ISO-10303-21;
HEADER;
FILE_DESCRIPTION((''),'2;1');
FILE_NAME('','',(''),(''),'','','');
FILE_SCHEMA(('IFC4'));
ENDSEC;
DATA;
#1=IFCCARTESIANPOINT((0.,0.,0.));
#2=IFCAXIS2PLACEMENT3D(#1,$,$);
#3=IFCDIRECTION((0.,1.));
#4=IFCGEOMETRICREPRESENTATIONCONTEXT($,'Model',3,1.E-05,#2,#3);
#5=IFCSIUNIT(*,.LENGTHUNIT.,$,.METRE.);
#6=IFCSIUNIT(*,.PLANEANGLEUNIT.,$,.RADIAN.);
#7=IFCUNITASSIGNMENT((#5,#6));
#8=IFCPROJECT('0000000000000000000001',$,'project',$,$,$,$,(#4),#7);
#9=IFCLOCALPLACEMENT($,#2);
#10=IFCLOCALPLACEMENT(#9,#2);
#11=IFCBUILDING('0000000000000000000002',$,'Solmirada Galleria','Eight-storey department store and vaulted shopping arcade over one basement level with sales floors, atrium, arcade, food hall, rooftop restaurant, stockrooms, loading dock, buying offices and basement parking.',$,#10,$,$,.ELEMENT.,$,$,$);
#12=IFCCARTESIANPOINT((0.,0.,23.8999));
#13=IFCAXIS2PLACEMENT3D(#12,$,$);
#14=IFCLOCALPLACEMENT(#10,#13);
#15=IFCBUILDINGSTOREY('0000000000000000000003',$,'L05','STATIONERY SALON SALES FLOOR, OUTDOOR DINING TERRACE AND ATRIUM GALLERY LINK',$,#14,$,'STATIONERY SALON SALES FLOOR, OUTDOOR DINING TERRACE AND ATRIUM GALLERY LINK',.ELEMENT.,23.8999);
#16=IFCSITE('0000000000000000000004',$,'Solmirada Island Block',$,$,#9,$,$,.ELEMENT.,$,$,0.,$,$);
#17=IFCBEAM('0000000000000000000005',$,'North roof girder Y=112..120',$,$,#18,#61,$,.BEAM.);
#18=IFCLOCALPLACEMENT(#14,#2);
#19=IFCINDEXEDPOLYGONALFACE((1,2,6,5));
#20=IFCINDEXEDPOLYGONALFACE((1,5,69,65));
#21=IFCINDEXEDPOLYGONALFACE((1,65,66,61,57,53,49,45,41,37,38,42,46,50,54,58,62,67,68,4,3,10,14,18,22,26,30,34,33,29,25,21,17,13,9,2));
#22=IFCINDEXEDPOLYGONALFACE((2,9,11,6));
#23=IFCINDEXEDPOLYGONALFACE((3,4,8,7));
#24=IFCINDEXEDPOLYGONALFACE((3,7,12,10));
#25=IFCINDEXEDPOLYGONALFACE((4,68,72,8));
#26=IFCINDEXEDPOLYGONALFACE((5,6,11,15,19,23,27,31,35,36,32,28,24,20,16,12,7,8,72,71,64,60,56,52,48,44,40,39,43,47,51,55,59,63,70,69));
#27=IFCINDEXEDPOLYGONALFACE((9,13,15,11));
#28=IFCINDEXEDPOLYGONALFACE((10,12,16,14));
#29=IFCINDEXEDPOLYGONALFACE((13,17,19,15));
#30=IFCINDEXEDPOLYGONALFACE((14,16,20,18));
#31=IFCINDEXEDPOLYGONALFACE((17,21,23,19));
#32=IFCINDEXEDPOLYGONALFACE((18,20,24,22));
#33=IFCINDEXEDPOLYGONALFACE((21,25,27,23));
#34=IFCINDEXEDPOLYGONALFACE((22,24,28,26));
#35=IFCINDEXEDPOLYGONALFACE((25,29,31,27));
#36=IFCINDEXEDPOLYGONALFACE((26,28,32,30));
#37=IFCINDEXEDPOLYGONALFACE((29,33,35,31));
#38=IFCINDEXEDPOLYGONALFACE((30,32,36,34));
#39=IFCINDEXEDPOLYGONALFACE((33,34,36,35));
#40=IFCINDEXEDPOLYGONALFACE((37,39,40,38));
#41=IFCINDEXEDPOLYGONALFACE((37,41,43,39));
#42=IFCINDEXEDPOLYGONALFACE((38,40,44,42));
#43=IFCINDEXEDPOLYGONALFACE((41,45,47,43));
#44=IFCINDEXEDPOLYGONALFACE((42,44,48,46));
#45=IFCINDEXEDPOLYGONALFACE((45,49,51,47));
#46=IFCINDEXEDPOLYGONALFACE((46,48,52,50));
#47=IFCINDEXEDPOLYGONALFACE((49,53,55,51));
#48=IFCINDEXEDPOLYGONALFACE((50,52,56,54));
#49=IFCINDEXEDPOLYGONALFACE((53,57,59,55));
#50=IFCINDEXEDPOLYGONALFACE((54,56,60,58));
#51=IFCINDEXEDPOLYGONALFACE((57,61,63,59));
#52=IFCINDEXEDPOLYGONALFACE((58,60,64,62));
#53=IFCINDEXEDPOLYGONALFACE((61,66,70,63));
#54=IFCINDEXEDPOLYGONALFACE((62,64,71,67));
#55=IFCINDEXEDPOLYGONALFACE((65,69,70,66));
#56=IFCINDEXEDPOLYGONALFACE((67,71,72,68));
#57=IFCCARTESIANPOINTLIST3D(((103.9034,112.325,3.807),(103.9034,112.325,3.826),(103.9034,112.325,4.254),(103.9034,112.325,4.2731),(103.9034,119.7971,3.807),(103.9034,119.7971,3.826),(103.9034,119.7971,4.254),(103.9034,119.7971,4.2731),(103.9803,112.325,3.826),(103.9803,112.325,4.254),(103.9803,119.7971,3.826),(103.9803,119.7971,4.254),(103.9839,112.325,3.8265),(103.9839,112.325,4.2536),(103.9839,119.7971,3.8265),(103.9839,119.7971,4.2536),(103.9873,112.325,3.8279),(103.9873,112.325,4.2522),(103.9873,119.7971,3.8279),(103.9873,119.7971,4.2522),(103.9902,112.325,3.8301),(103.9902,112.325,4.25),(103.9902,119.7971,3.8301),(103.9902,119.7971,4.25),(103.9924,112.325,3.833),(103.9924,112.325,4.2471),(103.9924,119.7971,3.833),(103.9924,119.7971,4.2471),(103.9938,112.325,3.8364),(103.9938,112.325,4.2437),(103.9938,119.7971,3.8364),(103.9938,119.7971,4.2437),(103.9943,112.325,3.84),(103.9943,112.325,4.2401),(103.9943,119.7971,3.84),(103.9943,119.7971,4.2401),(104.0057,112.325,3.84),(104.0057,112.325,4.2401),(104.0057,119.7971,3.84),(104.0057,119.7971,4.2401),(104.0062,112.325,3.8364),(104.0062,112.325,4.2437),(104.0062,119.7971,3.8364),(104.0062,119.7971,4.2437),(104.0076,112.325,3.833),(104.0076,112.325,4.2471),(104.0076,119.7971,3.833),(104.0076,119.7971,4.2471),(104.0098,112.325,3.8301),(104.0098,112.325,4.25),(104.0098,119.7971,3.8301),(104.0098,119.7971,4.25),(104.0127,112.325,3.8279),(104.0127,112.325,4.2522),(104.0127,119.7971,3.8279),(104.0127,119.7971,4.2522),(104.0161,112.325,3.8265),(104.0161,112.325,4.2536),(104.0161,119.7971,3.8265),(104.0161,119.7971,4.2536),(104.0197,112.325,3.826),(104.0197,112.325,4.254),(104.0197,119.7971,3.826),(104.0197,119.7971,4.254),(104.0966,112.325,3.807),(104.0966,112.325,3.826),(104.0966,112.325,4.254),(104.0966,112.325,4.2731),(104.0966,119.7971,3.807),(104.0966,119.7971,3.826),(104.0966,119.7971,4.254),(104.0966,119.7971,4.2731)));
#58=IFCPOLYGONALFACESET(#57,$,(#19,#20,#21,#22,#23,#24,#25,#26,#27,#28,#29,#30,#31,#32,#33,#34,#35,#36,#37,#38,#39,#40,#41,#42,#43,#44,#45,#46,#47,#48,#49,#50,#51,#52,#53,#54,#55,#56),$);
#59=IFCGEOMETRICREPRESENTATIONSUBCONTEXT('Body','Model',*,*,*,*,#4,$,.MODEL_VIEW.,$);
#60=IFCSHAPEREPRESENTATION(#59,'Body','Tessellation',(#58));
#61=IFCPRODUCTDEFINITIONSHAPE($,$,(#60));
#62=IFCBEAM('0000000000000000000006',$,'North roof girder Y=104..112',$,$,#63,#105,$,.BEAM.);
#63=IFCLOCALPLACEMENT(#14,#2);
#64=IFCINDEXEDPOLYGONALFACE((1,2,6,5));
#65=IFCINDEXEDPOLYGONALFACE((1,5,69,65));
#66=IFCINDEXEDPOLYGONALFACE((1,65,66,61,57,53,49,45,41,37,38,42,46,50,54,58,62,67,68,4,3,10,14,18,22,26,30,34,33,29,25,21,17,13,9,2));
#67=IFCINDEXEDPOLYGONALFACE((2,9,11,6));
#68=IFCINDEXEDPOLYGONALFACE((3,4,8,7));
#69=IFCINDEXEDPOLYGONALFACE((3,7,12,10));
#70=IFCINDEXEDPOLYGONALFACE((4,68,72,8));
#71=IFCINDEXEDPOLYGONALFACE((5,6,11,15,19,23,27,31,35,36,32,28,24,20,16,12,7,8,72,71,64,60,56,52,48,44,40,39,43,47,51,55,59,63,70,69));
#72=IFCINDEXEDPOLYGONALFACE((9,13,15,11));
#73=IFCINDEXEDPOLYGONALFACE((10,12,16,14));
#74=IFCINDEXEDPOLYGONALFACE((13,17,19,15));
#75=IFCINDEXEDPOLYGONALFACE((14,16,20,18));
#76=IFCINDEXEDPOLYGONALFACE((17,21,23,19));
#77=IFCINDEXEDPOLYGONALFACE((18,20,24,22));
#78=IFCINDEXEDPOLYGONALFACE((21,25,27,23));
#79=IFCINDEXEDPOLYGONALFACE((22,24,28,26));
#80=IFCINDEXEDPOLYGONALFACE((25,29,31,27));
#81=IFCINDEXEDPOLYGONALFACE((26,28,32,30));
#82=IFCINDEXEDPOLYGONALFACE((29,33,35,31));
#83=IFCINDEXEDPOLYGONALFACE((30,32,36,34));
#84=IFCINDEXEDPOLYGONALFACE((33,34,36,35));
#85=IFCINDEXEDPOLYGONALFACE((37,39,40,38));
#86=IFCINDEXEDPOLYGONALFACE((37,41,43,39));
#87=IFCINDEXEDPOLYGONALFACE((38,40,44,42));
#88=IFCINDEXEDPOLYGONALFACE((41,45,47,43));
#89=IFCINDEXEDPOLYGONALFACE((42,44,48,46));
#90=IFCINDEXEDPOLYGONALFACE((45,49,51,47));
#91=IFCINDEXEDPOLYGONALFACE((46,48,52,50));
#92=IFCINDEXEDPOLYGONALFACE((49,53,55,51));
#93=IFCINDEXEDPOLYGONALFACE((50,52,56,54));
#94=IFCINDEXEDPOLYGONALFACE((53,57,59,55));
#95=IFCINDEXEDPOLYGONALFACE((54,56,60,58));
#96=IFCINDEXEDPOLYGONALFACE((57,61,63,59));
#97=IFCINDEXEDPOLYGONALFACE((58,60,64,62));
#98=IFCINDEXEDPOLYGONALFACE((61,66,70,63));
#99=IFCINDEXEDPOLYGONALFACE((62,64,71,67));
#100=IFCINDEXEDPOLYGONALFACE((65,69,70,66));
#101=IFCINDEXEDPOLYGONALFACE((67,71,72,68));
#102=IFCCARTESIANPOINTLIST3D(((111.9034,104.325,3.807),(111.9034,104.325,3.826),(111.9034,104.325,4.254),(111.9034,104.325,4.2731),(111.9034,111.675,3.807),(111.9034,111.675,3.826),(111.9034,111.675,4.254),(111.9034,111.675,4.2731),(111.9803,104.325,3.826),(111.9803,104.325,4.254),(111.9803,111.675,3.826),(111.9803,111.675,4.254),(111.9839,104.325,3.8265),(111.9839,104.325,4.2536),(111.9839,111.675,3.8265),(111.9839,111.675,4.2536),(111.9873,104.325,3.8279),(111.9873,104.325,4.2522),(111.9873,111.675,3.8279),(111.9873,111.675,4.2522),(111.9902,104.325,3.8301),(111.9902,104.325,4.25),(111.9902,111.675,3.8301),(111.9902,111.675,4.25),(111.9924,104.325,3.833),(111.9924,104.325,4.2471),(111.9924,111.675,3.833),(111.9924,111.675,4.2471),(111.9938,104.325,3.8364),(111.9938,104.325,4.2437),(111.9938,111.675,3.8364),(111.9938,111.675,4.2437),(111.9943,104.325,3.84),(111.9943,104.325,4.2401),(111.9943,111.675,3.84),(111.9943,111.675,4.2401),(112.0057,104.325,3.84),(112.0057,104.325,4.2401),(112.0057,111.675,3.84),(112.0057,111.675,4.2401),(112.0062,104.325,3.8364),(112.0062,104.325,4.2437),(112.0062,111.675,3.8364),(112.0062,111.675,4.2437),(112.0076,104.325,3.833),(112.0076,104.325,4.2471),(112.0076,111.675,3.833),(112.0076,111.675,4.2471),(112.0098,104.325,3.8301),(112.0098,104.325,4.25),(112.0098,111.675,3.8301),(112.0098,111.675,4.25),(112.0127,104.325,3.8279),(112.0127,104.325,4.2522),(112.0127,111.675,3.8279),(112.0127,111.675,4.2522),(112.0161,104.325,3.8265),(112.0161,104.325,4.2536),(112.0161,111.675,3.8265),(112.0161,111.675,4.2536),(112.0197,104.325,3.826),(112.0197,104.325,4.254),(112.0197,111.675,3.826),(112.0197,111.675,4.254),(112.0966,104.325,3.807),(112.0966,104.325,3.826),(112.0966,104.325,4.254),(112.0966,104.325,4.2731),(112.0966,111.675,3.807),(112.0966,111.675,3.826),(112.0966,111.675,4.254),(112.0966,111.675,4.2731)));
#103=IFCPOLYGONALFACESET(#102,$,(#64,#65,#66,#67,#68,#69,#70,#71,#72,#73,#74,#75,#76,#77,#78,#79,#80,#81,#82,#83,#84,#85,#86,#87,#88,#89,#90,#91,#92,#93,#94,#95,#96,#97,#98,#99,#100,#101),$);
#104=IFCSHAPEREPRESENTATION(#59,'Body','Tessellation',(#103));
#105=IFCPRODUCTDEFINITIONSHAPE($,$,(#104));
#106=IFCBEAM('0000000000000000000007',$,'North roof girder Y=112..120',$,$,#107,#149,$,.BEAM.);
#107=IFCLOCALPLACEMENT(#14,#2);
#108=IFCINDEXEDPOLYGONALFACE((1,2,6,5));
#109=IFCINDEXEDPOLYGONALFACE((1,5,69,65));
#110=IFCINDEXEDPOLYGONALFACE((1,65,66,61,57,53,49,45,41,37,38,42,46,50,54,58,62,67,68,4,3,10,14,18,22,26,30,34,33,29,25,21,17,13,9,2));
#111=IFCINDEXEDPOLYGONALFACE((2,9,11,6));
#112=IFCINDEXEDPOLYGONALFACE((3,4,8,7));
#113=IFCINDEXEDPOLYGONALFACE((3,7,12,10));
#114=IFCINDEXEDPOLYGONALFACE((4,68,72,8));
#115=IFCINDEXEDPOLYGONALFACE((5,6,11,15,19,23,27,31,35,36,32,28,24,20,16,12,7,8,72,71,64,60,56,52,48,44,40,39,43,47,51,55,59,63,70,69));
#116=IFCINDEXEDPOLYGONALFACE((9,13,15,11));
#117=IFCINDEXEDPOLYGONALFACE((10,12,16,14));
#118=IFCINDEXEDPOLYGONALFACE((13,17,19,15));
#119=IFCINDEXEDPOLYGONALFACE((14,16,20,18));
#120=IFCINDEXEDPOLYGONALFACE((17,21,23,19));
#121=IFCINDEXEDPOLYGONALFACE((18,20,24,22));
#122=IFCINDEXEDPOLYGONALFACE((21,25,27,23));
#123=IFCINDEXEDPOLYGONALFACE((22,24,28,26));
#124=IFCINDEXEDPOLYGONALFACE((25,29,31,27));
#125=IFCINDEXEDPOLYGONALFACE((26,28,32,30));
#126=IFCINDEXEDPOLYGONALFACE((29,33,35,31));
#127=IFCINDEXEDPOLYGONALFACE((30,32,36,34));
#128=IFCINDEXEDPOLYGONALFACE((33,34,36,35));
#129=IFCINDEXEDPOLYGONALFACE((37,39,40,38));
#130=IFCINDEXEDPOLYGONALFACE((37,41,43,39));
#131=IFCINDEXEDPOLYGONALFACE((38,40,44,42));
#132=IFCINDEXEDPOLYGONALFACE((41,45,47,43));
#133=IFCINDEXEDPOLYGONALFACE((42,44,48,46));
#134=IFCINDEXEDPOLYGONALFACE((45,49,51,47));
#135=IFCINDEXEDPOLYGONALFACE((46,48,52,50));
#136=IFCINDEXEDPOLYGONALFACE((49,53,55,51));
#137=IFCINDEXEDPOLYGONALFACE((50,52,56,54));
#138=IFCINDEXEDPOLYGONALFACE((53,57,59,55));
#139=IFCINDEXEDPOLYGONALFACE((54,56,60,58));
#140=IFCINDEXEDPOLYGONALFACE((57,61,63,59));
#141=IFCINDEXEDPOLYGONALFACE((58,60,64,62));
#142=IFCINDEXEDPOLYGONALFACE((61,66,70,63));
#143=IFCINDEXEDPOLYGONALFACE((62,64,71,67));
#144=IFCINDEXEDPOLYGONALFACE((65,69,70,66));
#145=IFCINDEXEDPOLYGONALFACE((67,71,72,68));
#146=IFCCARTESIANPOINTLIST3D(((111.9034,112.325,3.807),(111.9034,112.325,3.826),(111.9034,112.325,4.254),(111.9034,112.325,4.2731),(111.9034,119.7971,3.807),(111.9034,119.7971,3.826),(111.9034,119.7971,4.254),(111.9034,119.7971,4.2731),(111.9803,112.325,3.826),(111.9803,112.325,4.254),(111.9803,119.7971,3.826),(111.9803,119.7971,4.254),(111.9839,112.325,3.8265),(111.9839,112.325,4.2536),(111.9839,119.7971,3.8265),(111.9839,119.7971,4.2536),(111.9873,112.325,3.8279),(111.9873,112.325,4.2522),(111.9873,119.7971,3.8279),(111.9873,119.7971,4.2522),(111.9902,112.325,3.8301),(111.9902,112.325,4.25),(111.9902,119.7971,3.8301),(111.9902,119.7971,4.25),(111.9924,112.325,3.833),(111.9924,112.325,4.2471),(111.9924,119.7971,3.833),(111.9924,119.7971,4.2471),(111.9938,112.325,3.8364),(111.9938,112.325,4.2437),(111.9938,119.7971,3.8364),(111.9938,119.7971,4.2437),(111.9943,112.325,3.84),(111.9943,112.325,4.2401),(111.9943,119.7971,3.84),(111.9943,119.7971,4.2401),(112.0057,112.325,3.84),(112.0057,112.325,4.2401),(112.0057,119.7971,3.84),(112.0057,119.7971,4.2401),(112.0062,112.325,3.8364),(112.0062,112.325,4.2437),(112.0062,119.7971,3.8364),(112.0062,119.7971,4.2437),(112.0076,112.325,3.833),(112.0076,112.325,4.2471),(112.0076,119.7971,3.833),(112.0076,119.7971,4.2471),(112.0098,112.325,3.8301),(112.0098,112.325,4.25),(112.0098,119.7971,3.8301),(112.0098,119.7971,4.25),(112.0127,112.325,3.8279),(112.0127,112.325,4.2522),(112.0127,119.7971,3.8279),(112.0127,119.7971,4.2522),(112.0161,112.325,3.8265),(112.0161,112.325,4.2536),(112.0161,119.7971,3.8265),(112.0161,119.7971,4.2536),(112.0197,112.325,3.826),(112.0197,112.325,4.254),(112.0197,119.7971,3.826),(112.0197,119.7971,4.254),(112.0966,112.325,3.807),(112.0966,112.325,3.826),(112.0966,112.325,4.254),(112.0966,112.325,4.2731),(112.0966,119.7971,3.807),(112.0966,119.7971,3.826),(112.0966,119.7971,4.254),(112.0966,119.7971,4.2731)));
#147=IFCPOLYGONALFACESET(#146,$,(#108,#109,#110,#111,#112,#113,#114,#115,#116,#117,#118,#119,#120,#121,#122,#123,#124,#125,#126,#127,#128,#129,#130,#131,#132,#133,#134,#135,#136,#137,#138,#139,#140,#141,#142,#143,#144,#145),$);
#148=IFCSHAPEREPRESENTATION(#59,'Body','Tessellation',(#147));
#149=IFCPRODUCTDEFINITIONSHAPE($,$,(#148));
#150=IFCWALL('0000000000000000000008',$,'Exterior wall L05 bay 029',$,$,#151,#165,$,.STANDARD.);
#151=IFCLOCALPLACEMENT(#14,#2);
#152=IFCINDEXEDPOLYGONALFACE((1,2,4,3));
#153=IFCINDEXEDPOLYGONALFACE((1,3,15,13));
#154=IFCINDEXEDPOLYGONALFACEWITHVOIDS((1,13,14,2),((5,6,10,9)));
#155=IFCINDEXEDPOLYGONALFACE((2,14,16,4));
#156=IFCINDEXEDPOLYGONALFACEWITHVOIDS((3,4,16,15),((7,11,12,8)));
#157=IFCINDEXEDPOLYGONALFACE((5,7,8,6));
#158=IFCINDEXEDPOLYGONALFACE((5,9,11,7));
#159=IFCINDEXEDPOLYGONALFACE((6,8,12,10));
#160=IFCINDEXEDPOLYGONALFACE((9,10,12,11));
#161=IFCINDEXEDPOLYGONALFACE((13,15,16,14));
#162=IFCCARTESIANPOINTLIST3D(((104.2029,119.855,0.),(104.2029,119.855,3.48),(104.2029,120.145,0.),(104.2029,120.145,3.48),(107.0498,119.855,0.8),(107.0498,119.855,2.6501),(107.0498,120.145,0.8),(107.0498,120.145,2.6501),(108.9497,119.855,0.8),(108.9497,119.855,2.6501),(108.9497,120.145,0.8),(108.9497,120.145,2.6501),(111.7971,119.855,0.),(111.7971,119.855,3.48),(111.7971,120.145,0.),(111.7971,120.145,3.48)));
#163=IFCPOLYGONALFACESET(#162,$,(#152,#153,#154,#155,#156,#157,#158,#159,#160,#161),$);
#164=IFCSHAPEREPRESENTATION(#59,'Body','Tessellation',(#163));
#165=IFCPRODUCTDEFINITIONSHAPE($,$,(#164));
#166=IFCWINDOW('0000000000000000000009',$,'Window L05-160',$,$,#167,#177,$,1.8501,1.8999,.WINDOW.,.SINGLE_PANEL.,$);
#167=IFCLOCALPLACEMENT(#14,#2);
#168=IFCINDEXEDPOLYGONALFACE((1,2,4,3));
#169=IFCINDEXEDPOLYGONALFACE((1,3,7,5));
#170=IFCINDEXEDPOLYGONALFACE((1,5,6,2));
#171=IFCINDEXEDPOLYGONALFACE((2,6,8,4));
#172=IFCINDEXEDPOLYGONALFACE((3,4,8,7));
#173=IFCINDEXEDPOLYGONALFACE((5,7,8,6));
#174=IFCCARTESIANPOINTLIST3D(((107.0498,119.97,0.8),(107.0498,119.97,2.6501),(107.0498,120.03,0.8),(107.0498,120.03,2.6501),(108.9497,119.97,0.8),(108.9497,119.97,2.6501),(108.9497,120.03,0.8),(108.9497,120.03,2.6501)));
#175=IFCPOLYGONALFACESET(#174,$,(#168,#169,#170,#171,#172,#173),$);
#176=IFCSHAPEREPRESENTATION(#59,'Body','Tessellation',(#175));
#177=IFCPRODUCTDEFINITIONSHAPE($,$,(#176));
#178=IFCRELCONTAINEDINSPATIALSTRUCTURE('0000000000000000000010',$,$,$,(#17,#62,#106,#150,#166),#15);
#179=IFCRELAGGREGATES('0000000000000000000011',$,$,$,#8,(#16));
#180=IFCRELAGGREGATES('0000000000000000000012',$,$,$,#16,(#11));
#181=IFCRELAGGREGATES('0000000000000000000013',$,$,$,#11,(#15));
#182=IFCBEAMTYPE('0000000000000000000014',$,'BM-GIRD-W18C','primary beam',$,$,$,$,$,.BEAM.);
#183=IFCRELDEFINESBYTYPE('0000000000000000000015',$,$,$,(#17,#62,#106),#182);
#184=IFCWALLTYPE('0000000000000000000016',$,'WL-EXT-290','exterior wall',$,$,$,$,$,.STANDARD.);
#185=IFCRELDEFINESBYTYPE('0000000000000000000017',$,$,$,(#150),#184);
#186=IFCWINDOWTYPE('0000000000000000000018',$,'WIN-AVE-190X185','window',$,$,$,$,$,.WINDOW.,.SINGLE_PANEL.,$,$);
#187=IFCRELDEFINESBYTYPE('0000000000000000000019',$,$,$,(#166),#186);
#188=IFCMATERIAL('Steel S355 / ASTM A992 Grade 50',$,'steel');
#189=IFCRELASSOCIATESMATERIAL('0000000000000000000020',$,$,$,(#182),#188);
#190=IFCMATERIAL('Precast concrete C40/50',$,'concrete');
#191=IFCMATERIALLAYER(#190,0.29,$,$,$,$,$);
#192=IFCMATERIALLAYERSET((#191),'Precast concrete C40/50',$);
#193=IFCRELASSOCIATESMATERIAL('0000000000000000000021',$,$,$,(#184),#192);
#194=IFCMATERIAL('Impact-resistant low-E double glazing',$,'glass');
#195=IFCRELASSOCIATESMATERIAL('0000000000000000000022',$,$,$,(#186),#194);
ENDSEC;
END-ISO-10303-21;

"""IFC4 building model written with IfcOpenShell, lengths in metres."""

from ifc_helpers import new_model, si_unit, direction, frame, frame_2d, origin, origin_2d, place, context, subcontext, project, spatial, rectangle, i_section, extrude, material, layer, layer_set, material_profile, profile_set, type_object, element, fill, save


model = new_model("IFC4")

# Units and contexts
model_context = context("Model", 3, precision=1e-05, world=origin(), true_north=direction((0.0, 1.0)))
body_context = subcontext(model_context, "Body", "Model", "MODEL_VIEW")
ifc_project = project(units=[si_unit("LENGTHUNIT", "METRE"), si_unit("PLANEANGLEUNIT", "RADIAN")], contexts=[model_context])

# Site, building, storey
site_placement = place(None, origin())
site = spatial("IfcSite", under=ifc_project, at=site_placement, Name="Solmirada Island Block", CompositionType="ELEMENT", RefElevation=0.0)
building_placement = place(site_placement, origin())
building = spatial("IfcBuilding", under=site, at=building_placement, Name="Solmirada Galleria", Description="Eight-storey department store and vaulted shopping arcade over one basement level with sales floors, atrium, arcade, food hall, rooftop restaurant, stockrooms, loading dock, buying offices and basement parking.", CompositionType="ELEMENT")
storey_placement = place(building_placement, frame((0.0, 0.0, 23.8999)))
storey = spatial("IfcBuildingStorey", under=building, at=storey_placement, Name="L05", Description="STATIONERY SALON SALES FLOOR, OUTDOOR DINING TERRACE AND ATRIUM GALLERY LINK", LongName="STATIONERY SALON SALES FLOOR, OUTDOOR DINING TERRACE AND ATRIUM GALLERY LINK", CompositionType="ELEMENT", Elevation=23.8999)

# Beams
ifc_material_1 = material(Name="Steel S355 / ASTM A992 Grade 50", Category="steel")
ifc_material_profile_1 = material_profile(ifc_material_1, i_section(OverallWidth=0.1931, OverallDepth=0.4661, WebThickness=0.0115, FlangeThickness=0.019, FilletRadius=0.0139, at=origin_2d()), Name="W18X65")
ifc_profile_set_1 = profile_set([ifc_material_profile_1], Name="Steel S355 / ASTM A992 Grade 50")
beam_type = type_object("IfcBeamType", Name="BM-GIRD-W18C", Description="primary beam", PredefinedType="BEAM", material=ifc_profile_set_1)
beam_1_placement = place(storey_placement, frame((104.0, 112.325, 4.04), z_axis=(0.0, 1.0, 0.0), x_axis=(-1.0, 0.0, 0.0)))
element("IfcBeam", 1, at=beam_1_placement, inside=storey, type_object=beam_type, Name="North roof girder Y=112..120", PredefinedType="BEAM", context=body_context, shape_type="SweptSolid", body=[
    extrude(i_section(OverallWidth=0.1931, OverallDepth=0.4661, WebThickness=0.0115, FlangeThickness=0.019, FilletRadius=0.0139, at=origin_2d()), origin(), (0.0, 0.0, 1.0), 7.4722),
])
beam_2_placement = place(storey_placement, frame((112.0, 104.325, 4.04), z_axis=(0.0, 1.0, 0.0), x_axis=(-1.0, 0.0, 0.0)))
element("IfcBeam", 2, at=beam_2_placement, inside=storey, type_object=beam_type, Name="North roof girder Y=104..112", PredefinedType="BEAM", context=body_context, shape_type="SweptSolid", body=[
    extrude(i_section(OverallWidth=0.1931, OverallDepth=0.4661, WebThickness=0.0115, FlangeThickness=0.019, FilletRadius=0.0139, at=origin_2d()), origin(), (0.0, 0.0, 1.0), 7.3501),
])
beam_3_placement = place(storey_placement, frame((112.0, 112.325, 4.04), z_axis=(0.0, 1.0, 0.0), x_axis=(-1.0, 0.0, 0.0)))
element("IfcBeam", 3, at=beam_3_placement, inside=storey, type_object=beam_type, Name="North roof girder Y=112..120", PredefinedType="BEAM", context=body_context, shape_type="SweptSolid", body=[
    extrude(i_section(OverallWidth=0.1931, OverallDepth=0.4661, WebThickness=0.0115, FlangeThickness=0.019, FilletRadius=0.0139, at=origin_2d()), origin(), (0.0, 0.0, 1.0), 7.4722),
])

# Wall, opening, window
ifc_material_2 = material(Name="Precast concrete C40/50", Category="concrete")
ifc_layer_1 = layer(ifc_material_2, 0.29)
ifc_layer_set_1 = layer_set([ifc_layer_1], Name="Precast concrete C40/50")
wall_type = type_object("IfcWallType", Name="WL-EXT-290", Description="exterior wall", PredefinedType="STANDARD", material=ifc_layer_set_1)
wall_1_placement = place(storey_placement, frame((104.2029, 120.0, 0.0), z_axis=(0.0, 0.0, 1.0), x_axis=(1.0, 0.0, 0.0)))
wall_1 = element("IfcWall", 4, at=wall_1_placement, inside=storey, type_object=wall_type, Name="Exterior wall L05 bay 029", PredefinedType="STANDARD", context=body_context, shape_type="SweptSolid", body=[
    extrude(rectangle(XDim=7.5942, YDim=0.29, at=frame_2d((3.7971, 0.0))), origin(), (0.0, 0.0, 1.0), 3.48),
])
opening_1_placement = place(wall_1_placement, frame((2.8469, 0.0, 0.8)))
opening_1 = element("IfcOpeningElement", 5, at=opening_1_placement, cuts=wall_1, PredefinedType="OPENING", context=body_context, shape_type="SweptSolid", body=[
    extrude(rectangle(XDim=1.8999, YDim=1.8501, at=frame_2d((0.95, 0.925))), frame((0.0, 0.155, 0.0), z_axis=(0.0, -1.0, 0.0), x_axis=(1.0, 0.0, 0.0)), (0.0, 0.0, 1.0), 0.3101),
])
ifc_material_3 = material(Name="Impact-resistant low-E double glazing", Category="glass")
window_type_1 = type_object("IfcWindowType", Name="WIN-AVE-190X185", Description="window", PartitioningType="SINGLE_PANEL", PredefinedType="WINDOW", material=ifc_material_3)
window_1_placement = place(opening_1_placement, origin())
window_1 = element("IfcWindow", 6, at=window_1_placement, inside=storey, type_object=window_type_1, Name="Window L05-160", OverallHeight=1.8501, OverallWidth=1.8999, PartitioningType="SINGLE_PANEL", PredefinedType="WINDOW", context=body_context, shape_type="SweptSolid", body=[
    extrude(rectangle(XDim=1.8999, YDim=1.8501, at=frame_2d((0.95, 0.925))), frame((0.0, 0.03, 0.0), z_axis=(0.0, -1.0, 0.0), x_axis=(1.0, 0.0, 0.0)), (0.0, 0.0, 1.0), 0.0601),
])
fill(opening_1, window_1)

save(model, "model.ifc")
